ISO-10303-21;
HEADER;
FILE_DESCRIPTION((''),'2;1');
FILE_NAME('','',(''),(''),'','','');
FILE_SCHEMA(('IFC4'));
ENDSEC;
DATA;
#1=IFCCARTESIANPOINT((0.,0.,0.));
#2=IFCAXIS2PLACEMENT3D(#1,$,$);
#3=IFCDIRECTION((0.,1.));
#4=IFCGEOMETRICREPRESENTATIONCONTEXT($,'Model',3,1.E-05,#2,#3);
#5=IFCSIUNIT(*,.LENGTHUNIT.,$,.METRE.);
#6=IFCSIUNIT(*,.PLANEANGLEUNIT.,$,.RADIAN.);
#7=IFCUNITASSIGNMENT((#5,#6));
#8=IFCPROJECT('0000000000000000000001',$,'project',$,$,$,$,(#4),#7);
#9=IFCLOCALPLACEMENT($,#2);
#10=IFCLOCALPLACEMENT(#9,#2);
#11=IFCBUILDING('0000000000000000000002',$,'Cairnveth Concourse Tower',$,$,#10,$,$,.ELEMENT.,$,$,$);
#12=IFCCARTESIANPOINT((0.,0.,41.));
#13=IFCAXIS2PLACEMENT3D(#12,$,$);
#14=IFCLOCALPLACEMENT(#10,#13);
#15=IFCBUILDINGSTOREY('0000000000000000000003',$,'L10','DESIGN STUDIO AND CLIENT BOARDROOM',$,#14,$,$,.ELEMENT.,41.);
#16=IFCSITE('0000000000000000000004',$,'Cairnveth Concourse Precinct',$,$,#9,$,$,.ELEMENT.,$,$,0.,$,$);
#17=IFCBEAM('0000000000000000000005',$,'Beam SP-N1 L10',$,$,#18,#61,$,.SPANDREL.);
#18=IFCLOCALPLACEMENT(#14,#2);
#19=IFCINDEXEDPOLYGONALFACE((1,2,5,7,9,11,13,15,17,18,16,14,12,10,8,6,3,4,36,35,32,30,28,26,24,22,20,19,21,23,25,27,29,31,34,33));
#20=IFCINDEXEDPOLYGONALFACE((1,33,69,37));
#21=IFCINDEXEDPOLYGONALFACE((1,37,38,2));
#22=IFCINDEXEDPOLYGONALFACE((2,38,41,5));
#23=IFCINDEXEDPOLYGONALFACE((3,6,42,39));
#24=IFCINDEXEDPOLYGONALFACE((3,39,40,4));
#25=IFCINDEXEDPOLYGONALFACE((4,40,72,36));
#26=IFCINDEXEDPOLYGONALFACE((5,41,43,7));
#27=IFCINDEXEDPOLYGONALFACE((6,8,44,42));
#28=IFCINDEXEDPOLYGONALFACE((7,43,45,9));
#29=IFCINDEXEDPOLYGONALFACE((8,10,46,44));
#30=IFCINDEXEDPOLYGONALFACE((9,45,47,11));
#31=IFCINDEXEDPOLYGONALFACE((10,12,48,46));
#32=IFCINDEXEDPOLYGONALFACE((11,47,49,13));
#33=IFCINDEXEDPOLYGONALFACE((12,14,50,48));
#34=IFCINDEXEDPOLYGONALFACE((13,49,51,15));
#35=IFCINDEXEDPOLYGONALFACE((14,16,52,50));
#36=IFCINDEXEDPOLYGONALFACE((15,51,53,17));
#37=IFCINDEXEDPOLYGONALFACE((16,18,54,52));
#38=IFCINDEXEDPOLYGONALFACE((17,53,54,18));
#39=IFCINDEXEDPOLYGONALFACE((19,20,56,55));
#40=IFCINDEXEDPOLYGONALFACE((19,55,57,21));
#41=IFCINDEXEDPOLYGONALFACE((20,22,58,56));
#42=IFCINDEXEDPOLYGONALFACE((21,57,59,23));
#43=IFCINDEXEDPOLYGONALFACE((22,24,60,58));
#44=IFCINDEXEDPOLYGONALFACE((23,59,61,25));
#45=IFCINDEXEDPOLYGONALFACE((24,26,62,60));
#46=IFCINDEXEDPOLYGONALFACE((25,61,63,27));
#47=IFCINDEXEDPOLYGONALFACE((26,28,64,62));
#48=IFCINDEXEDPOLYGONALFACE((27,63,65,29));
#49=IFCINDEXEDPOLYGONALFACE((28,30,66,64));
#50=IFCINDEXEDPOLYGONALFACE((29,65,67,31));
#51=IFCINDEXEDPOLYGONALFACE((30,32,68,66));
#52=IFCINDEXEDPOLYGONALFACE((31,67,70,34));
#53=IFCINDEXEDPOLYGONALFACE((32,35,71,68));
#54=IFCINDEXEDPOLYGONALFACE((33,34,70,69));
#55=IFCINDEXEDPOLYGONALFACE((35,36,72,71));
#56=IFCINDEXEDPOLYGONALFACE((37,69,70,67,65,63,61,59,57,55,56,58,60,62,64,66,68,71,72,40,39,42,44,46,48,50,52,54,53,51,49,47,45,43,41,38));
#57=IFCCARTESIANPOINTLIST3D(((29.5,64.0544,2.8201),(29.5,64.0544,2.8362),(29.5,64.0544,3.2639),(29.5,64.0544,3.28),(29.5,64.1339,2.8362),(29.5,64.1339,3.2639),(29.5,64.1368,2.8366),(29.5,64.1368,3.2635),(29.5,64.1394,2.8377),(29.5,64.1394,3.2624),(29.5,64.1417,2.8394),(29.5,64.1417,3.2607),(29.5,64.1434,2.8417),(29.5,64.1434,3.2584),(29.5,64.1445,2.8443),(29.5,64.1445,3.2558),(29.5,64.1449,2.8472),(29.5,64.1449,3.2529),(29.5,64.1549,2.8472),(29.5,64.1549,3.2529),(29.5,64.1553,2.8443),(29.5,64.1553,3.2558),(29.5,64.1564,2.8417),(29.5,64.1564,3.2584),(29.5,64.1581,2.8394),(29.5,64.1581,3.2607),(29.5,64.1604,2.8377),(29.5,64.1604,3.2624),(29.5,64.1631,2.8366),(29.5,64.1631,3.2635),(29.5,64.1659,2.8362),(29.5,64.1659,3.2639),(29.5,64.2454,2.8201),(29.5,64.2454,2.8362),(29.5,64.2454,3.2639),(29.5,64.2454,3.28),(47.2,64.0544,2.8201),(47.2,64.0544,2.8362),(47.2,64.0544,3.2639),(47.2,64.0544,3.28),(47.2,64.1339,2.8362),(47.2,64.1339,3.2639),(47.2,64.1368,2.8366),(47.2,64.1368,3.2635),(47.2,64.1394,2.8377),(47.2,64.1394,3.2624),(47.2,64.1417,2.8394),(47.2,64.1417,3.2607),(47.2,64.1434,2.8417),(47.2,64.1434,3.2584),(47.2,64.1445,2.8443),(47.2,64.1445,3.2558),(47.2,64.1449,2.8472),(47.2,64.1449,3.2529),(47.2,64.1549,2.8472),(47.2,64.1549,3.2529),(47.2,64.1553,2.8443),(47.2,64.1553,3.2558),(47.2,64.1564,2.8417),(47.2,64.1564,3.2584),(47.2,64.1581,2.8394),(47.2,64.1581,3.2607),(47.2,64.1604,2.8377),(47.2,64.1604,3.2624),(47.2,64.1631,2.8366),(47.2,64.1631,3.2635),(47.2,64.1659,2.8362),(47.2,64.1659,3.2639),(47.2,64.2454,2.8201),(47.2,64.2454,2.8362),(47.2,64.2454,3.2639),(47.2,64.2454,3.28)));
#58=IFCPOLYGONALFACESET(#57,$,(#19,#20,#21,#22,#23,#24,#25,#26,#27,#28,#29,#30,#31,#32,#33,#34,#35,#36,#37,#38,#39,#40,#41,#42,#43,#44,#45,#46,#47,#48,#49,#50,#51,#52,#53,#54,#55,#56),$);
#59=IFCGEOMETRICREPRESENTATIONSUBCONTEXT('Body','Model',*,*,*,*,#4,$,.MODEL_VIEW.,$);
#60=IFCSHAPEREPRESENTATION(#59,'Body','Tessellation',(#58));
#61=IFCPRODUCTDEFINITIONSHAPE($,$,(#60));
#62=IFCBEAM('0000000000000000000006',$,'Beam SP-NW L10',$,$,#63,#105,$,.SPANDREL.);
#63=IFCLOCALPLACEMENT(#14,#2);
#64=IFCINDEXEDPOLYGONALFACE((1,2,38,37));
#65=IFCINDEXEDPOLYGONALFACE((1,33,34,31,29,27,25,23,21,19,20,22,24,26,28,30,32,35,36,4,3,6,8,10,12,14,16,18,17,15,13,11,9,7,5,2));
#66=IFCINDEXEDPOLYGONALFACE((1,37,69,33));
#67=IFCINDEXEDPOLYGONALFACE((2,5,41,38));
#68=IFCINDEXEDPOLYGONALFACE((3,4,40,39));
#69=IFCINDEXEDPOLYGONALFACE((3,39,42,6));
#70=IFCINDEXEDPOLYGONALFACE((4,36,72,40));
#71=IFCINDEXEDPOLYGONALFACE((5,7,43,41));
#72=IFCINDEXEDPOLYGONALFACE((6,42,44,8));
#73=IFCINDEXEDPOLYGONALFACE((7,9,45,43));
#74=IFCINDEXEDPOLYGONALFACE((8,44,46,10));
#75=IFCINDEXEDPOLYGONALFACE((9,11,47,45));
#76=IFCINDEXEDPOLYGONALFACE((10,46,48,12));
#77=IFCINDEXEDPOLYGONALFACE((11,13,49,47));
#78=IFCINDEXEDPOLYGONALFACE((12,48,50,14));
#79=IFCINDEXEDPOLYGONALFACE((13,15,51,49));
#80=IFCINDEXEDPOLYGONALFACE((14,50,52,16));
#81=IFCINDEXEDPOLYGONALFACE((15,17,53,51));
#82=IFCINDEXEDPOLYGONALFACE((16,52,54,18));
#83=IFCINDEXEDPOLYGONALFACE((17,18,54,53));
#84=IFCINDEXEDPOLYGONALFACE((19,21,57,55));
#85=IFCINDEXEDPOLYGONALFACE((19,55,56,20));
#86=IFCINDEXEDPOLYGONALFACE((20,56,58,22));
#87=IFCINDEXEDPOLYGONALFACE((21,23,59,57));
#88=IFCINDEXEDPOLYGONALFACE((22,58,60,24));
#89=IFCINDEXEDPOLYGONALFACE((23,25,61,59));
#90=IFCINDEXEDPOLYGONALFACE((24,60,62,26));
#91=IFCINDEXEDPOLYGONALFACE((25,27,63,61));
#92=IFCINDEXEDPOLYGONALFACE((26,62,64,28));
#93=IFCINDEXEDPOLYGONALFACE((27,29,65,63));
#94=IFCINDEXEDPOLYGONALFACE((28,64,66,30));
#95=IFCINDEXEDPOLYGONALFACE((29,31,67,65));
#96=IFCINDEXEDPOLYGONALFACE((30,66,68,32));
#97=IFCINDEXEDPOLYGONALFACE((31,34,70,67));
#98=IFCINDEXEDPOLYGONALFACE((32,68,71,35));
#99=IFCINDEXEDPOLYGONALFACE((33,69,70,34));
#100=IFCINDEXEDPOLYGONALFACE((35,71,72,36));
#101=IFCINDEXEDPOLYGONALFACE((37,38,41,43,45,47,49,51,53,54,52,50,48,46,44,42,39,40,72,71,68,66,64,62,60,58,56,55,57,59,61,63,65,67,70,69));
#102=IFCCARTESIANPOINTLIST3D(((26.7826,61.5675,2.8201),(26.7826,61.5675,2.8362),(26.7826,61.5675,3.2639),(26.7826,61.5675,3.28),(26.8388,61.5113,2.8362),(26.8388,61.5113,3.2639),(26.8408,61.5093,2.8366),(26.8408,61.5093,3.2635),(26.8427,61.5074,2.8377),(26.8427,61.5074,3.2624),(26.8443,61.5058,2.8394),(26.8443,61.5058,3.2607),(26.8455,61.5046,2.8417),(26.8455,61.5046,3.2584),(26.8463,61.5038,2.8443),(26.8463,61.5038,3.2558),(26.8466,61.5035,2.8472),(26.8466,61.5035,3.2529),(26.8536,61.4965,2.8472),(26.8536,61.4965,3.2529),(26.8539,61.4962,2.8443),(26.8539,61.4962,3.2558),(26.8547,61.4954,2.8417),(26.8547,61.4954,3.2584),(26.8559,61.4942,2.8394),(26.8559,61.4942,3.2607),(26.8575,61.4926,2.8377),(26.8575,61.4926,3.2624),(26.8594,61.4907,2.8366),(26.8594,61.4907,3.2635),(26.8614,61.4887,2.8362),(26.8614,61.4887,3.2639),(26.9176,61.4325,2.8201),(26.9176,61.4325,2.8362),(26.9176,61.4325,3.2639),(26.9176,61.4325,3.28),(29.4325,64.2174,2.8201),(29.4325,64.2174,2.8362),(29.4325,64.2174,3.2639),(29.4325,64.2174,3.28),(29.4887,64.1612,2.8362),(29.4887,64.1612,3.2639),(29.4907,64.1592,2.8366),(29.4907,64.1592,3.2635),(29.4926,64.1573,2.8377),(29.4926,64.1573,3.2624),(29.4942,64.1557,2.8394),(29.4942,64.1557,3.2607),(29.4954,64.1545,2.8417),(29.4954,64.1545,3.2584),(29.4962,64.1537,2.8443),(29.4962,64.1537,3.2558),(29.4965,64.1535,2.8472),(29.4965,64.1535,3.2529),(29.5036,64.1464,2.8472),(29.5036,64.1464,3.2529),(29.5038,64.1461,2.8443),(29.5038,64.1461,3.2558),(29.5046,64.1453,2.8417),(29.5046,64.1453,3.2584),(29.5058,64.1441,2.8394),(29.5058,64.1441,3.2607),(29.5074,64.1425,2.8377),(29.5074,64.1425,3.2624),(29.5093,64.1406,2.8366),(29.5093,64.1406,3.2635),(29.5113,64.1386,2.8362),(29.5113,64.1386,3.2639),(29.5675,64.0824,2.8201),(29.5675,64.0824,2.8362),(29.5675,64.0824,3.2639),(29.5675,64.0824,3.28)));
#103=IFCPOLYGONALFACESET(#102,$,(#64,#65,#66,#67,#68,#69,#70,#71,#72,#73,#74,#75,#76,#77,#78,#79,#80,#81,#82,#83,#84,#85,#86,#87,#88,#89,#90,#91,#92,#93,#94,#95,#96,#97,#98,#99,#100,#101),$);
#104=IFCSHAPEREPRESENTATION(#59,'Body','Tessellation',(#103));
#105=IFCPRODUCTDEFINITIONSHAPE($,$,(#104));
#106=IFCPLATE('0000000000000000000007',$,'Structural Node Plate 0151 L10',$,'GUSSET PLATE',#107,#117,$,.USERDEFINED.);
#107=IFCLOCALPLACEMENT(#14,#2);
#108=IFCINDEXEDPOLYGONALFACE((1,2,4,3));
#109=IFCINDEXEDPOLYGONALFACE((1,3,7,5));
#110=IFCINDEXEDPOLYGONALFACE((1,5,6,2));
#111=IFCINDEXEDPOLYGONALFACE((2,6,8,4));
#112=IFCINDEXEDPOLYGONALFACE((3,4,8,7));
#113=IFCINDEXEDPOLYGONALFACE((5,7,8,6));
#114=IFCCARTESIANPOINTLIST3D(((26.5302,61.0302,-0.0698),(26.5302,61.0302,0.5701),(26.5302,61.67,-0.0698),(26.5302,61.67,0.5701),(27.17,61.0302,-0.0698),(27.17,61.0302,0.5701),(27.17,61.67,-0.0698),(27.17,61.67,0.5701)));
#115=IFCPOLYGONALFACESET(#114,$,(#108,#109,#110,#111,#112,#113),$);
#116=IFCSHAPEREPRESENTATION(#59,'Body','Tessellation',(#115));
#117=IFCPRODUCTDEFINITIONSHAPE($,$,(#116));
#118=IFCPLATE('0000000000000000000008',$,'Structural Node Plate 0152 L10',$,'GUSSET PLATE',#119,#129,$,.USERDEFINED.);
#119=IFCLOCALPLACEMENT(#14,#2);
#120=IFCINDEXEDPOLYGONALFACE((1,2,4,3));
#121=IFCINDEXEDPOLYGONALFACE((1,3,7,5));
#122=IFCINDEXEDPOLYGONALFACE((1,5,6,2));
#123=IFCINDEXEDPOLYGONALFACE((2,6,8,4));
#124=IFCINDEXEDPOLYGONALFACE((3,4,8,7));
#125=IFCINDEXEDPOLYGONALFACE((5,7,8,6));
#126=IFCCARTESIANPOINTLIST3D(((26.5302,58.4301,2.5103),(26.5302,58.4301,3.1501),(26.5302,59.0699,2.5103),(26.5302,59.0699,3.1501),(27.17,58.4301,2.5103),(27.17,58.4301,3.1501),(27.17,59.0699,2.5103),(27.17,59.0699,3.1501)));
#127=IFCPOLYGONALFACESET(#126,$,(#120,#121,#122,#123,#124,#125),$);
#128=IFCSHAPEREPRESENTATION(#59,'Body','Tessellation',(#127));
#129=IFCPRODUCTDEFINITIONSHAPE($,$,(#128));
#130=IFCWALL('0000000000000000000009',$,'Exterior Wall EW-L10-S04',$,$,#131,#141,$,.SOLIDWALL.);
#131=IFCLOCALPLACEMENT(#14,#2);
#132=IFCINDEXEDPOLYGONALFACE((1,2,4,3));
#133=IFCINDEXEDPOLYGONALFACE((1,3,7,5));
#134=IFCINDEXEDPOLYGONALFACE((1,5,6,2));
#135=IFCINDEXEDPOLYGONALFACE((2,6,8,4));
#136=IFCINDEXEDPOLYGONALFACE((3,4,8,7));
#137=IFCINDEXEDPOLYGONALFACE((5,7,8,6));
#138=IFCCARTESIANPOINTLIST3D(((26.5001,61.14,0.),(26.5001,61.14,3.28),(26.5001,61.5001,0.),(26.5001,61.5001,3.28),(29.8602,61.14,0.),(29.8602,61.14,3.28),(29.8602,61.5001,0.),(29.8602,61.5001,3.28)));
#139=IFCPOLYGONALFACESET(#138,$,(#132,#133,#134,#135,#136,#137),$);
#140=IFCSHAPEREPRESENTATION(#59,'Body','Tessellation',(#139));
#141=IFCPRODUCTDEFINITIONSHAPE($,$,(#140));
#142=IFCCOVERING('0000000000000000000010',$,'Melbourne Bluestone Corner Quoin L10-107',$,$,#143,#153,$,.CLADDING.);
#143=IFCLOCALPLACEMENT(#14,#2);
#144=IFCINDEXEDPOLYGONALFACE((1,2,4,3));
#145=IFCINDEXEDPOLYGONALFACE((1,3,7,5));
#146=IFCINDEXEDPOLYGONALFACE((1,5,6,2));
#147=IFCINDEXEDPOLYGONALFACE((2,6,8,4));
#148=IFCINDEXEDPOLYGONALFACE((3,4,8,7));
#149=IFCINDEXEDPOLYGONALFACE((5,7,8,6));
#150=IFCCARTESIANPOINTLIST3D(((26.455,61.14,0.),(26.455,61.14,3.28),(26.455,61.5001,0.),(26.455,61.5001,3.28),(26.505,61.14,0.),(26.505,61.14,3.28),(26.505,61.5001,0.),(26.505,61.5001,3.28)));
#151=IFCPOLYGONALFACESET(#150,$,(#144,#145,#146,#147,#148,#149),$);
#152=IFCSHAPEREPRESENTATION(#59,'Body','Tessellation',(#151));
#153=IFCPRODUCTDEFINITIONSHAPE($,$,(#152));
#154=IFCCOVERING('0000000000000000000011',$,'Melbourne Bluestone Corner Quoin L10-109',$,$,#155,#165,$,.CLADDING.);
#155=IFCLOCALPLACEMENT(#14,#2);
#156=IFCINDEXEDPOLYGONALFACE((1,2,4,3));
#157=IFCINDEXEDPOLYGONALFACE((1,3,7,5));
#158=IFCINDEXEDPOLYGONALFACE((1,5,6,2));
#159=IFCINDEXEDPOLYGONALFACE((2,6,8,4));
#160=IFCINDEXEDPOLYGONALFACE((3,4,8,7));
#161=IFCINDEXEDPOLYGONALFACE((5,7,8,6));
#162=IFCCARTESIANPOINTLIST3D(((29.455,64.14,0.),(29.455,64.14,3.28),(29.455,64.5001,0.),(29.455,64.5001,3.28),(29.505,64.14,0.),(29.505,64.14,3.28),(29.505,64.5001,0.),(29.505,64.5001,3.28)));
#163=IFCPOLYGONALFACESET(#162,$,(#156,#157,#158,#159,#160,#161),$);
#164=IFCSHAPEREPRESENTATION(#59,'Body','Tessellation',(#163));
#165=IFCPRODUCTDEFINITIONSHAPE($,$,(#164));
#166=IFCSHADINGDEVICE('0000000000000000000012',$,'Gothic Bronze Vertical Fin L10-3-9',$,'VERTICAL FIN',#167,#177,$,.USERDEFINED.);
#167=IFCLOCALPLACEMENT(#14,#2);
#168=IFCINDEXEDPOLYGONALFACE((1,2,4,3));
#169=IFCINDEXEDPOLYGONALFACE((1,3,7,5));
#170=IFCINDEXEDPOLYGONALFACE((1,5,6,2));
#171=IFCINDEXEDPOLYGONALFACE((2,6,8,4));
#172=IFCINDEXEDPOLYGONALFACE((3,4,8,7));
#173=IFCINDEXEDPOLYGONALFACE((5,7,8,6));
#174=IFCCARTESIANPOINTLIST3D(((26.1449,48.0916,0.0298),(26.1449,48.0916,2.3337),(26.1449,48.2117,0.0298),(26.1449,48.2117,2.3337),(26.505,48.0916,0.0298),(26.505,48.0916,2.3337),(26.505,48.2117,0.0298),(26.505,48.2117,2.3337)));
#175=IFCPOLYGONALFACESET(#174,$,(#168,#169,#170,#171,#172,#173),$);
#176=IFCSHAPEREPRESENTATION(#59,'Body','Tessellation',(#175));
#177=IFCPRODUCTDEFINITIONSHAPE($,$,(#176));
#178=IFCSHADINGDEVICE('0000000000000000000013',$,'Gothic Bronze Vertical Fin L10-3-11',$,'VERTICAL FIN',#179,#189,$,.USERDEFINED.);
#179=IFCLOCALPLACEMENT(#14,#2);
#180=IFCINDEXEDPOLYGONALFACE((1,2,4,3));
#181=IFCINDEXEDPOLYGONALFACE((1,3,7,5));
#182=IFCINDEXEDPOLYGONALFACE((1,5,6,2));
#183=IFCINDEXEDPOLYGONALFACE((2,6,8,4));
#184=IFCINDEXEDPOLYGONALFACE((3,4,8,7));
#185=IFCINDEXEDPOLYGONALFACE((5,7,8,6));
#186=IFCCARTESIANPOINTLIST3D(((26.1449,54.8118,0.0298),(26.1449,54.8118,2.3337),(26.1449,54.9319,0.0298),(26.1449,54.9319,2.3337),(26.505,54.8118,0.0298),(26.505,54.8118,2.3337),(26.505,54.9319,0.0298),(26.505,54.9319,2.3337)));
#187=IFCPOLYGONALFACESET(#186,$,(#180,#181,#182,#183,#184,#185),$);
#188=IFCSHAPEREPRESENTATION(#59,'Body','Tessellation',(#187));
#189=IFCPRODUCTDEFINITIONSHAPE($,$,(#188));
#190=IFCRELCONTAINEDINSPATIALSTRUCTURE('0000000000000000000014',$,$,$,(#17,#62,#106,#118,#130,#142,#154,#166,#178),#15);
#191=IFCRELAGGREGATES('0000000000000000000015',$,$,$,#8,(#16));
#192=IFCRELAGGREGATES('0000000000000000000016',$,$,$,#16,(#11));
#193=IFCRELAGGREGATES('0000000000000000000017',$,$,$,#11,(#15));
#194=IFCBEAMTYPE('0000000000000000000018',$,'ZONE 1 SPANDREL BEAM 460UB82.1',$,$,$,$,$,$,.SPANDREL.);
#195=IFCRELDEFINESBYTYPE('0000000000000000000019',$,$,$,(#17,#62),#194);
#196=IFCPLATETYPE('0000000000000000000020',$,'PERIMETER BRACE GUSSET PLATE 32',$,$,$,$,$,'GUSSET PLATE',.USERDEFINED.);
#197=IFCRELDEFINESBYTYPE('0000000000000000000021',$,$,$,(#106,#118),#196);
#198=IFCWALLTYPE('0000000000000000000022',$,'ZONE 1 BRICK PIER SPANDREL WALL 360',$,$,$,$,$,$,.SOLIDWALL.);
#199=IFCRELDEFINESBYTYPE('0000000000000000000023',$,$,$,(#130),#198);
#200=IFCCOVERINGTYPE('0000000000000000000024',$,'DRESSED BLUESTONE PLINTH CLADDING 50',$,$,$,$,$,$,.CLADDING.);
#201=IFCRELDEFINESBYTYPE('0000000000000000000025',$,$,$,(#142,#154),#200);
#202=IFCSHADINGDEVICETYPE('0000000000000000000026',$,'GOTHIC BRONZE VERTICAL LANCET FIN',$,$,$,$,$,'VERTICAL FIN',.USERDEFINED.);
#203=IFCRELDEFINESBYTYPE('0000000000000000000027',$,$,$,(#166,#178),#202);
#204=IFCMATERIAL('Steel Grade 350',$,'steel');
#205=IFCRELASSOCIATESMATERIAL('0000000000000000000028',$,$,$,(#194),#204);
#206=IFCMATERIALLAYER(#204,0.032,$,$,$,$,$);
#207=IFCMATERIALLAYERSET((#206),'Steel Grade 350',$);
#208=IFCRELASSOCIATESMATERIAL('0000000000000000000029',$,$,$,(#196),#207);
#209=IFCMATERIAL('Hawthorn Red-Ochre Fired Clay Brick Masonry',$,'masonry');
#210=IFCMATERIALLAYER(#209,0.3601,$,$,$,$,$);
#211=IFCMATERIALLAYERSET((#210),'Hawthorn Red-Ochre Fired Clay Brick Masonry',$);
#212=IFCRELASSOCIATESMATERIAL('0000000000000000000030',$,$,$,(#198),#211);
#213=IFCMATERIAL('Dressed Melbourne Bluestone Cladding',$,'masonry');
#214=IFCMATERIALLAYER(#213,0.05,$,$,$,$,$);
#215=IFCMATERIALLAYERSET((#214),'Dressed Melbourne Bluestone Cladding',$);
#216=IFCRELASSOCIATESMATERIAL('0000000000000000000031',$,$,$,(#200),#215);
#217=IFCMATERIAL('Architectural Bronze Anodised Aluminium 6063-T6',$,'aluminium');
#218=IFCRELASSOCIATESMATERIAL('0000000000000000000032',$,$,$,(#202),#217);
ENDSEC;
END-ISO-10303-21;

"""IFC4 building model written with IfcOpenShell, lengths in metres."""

from ifc_helpers import new_model, si_unit, direction, frame, frame_2d, origin, origin_2d, place, context, subcontext, project, spatial, rectangle, i_section, extrude, material, layer, layer_set, material_profile, profile_set, type_object, element, save


model = new_model("IFC4")

# Units and contexts
model_context = context("Model", 3, precision=1e-05, world=origin(), true_north=direction((0.0, 1.0)))
body_context = subcontext(model_context, "Body", "Model", "MODEL_VIEW")
ifc_project = project(units=[si_unit("LENGTHUNIT", "METRE"), si_unit("PLANEANGLEUNIT", "RADIAN")], contexts=[model_context])

# Site, building, storey
site_placement = place(None, origin())
site = spatial("IfcSite", under=ifc_project, at=site_placement, Name="Cairnveth Concourse Precinct", CompositionType="ELEMENT", RefElevation=0.0)
building_placement = place(site_placement, origin())
building = spatial("IfcBuilding", under=site, at=building_placement, Name="Cairnveth Concourse Tower", CompositionType="ELEMENT")
storey_placement = place(building_placement, frame((0.0, 0.0, 41.0)))
storey = spatial("IfcBuildingStorey", under=building, at=storey_placement, Name="L10", Description="DESIGN STUDIO AND CLIENT BOARDROOM", CompositionType="ELEMENT", Elevation=41.0)

# Shared definitions
ifc_material_1 = material(Name="Steel Grade 350", Category="steel")

# Beams
ifc_material_profile_1 = material_profile(ifc_material_1, i_section(OverallWidth=0.1909, OverallDepth=0.46, WebThickness=0.01, FlangeThickness=0.0161, FilletRadius=0.011, at=origin_2d()), Name="460UB82.1")
ifc_profile_set_1 = profile_set([ifc_material_profile_1], Name="Steel Grade 350")
beam_type_1 = type_object("IfcBeamType", Name="ZONE 1 SPANDREL BEAM 460UB82.1", PredefinedType="SPANDREL", material=ifc_profile_set_1)
beam_1_placement = place(storey_placement, frame((29.5, 64.1499, 3.05), z_axis=(1.0, 0.0, 0.0), x_axis=(0.0, 1.0, 0.0)))
element("IfcBeam", 1, at=beam_1_placement, inside=storey, type_object=beam_type_1, Name="Beam SP-N1 L10", PredefinedType="SPANDREL", context=body_context, shape_type="SweptSolid", body=[
    extrude(i_section(OverallWidth=0.1909, OverallDepth=0.46, WebThickness=0.01, FlangeThickness=0.0161, FilletRadius=0.011, at=origin_2d()), origin(), (0.0, 0.0, 1.0), 17.7),
])
beam_2_placement = place(storey_placement, frame((26.8501, 61.5, 3.05), z_axis=(0.707107, 0.707107, 0.0), x_axis=(-0.707107, 0.707107, 0.0)))
element("IfcBeam", 2, at=beam_2_placement, inside=storey, type_object=beam_type_1, Name="Beam SP-NW L10", PredefinedType="SPANDREL", context=body_context, shape_type="SweptSolid", body=[
    extrude(i_section(OverallWidth=0.1909, OverallDepth=0.46, WebThickness=0.01, FlangeThickness=0.0161, FilletRadius=0.011, at=origin_2d()), origin(), (0.0, 0.0, 1.0), 3.7476),
])

# Plates
ifc_layer_1 = layer(ifc_material_1, 0.032)
ifc_layer_set_1 = layer_set([ifc_layer_1], Name="Steel Grade 350")
plate_type = type_object("IfcPlateType", Name="PERIMETER BRACE GUSSET PLATE 32", ElementType="GUSSET PLATE", PredefinedType="USERDEFINED", material=ifc_layer_set_1)
for number, where, z_axis, x_axis, name in (
    (3, (26.8501, 61.3501, -0.0698), (0.0, 0.0, 1.0), (1.0, 0.0, 0.0), "Structural Node Plate 0151 L10"),
    (4, (26.8501, 58.75, 2.5103), (0.0, 0.0, 1.0), (1.0, 0.0, 0.0), "Structural Node Plate 0152 L10"),
):
    element("IfcPlate", number, at=place(storey_placement, frame(where, z_axis=z_axis, x_axis=x_axis)), inside=storey, type_object=plate_type, Name=name, ObjectType="GUSSET PLATE", PredefinedType="USERDEFINED", context=body_context, shape_type="SweptSolid", body=[
        extrude(rectangle(XDim=0.6399, YDim=0.6399, at=origin_2d()), origin(), (0.0, 0.0, 1.0), 0.6399),
    ])

# Wall
ifc_material_2 = material(Name="Hawthorn Red-Ochre Fired Clay Brick Masonry", Category="masonry")
ifc_layer_2 = layer(ifc_material_2, 0.3601)
ifc_layer_set_2 = layer_set([ifc_layer_2], Name="Hawthorn Red-Ochre Fired Clay Brick Masonry")
wall_type = type_object("IfcWallType", Name="ZONE 1 BRICK PIER SPANDREL WALL 360", PredefinedType="SOLIDWALL", material=ifc_layer_set_2)
wall_1_placement = place(storey_placement, frame((26.5, 61.3201, 0.0), z_axis=(0.0, 0.0, 1.0), x_axis=(1.0, 0.0, 0.0)))
element("IfcWall", 5, at=wall_1_placement, inside=storey, type_object=wall_type, Name="Exterior Wall EW-L10-S04", PredefinedType="SOLIDWALL", context=body_context, shape_type="SweptSolid", body=[
    extrude(rectangle(XDim=3.3601, YDim=0.3601, at=frame_2d((1.6802, 0.0))), origin(), (0.0, 0.0, 1.0), 3.28),
])

# Coverings
ifc_material_3 = material(Name="Dressed Melbourne Bluestone Cladding", Category="masonry")
ifc_layer_3 = layer(ifc_material_3, 0.05)
ifc_layer_set_3 = layer_set([ifc_layer_3], Name="Dressed Melbourne Bluestone Cladding")
covering_type = type_object("IfcCoveringType", Name="DRESSED BLUESTONE PLINTH CLADDING 50", PredefinedType="CLADDING", material=ifc_layer_set_3)
for number, where, z_axis, x_axis, name in (
    (6, (26.48, 61.1399, 0.0), (0.0, 0.0, 1.0), (0.0, 1.0, 0.0), "Melbourne Bluestone Corner Quoin L10-107"),
    (7, (29.48, 64.1399, 0.0), (0.0, 0.0, 1.0), (0.0, 1.0, 0.0), "Melbourne Bluestone Corner Quoin L10-109"),
):
    element("IfcCovering", number, at=place(storey_placement, frame(where, z_axis=z_axis, x_axis=x_axis)), inside=storey, type_object=covering_type, Name=name, PredefinedType="CLADDING", context=body_context, shape_type="SweptSolid", body=[
        extrude(rectangle(XDim=0.3601, YDim=0.05, at=frame_2d((0.1802, 0.0))), origin(), (0.0, 0.0, 1.0), 3.28),
    ])

# Shading devices
ifc_material_4 = material(Name="Architectural Bronze Anodised Aluminium 6063-T6", Category="aluminium")
shading_device_type = type_object("IfcShadingDeviceType", Name="GOTHIC BRONZE VERTICAL LANCET FIN", ElementType="VERTICAL FIN", PredefinedType="USERDEFINED", material=ifc_material_4)
for number, where, z_axis, x_axis, name in (
    (8, (26.325, 48.1516, 0.0298), (0.0, 0.0, 1.0), (0.0, 1.0, 0.0), "Gothic Bronze Vertical Fin L10-3-9"),
    (9, (26.325, 54.8718, 0.0298), (0.0, 0.0, 1.0), (0.0, 1.0, 0.0), "Gothic Bronze Vertical Fin L10-3-11"),
):
    element("IfcShadingDevice", number, at=place(storey_placement, frame(where, z_axis=z_axis, x_axis=x_axis)), inside=storey, type_object=shading_device_type, Name=name, ObjectType="VERTICAL FIN", PredefinedType="USERDEFINED", context=body_context, shape_type="SweptSolid", body=[
        extrude(rectangle(XDim=0.1201, YDim=0.3601, at=origin_2d()), origin(), (0.0, 0.0, 1.0), 2.304),
    ])

save(model, "model.ifc")
